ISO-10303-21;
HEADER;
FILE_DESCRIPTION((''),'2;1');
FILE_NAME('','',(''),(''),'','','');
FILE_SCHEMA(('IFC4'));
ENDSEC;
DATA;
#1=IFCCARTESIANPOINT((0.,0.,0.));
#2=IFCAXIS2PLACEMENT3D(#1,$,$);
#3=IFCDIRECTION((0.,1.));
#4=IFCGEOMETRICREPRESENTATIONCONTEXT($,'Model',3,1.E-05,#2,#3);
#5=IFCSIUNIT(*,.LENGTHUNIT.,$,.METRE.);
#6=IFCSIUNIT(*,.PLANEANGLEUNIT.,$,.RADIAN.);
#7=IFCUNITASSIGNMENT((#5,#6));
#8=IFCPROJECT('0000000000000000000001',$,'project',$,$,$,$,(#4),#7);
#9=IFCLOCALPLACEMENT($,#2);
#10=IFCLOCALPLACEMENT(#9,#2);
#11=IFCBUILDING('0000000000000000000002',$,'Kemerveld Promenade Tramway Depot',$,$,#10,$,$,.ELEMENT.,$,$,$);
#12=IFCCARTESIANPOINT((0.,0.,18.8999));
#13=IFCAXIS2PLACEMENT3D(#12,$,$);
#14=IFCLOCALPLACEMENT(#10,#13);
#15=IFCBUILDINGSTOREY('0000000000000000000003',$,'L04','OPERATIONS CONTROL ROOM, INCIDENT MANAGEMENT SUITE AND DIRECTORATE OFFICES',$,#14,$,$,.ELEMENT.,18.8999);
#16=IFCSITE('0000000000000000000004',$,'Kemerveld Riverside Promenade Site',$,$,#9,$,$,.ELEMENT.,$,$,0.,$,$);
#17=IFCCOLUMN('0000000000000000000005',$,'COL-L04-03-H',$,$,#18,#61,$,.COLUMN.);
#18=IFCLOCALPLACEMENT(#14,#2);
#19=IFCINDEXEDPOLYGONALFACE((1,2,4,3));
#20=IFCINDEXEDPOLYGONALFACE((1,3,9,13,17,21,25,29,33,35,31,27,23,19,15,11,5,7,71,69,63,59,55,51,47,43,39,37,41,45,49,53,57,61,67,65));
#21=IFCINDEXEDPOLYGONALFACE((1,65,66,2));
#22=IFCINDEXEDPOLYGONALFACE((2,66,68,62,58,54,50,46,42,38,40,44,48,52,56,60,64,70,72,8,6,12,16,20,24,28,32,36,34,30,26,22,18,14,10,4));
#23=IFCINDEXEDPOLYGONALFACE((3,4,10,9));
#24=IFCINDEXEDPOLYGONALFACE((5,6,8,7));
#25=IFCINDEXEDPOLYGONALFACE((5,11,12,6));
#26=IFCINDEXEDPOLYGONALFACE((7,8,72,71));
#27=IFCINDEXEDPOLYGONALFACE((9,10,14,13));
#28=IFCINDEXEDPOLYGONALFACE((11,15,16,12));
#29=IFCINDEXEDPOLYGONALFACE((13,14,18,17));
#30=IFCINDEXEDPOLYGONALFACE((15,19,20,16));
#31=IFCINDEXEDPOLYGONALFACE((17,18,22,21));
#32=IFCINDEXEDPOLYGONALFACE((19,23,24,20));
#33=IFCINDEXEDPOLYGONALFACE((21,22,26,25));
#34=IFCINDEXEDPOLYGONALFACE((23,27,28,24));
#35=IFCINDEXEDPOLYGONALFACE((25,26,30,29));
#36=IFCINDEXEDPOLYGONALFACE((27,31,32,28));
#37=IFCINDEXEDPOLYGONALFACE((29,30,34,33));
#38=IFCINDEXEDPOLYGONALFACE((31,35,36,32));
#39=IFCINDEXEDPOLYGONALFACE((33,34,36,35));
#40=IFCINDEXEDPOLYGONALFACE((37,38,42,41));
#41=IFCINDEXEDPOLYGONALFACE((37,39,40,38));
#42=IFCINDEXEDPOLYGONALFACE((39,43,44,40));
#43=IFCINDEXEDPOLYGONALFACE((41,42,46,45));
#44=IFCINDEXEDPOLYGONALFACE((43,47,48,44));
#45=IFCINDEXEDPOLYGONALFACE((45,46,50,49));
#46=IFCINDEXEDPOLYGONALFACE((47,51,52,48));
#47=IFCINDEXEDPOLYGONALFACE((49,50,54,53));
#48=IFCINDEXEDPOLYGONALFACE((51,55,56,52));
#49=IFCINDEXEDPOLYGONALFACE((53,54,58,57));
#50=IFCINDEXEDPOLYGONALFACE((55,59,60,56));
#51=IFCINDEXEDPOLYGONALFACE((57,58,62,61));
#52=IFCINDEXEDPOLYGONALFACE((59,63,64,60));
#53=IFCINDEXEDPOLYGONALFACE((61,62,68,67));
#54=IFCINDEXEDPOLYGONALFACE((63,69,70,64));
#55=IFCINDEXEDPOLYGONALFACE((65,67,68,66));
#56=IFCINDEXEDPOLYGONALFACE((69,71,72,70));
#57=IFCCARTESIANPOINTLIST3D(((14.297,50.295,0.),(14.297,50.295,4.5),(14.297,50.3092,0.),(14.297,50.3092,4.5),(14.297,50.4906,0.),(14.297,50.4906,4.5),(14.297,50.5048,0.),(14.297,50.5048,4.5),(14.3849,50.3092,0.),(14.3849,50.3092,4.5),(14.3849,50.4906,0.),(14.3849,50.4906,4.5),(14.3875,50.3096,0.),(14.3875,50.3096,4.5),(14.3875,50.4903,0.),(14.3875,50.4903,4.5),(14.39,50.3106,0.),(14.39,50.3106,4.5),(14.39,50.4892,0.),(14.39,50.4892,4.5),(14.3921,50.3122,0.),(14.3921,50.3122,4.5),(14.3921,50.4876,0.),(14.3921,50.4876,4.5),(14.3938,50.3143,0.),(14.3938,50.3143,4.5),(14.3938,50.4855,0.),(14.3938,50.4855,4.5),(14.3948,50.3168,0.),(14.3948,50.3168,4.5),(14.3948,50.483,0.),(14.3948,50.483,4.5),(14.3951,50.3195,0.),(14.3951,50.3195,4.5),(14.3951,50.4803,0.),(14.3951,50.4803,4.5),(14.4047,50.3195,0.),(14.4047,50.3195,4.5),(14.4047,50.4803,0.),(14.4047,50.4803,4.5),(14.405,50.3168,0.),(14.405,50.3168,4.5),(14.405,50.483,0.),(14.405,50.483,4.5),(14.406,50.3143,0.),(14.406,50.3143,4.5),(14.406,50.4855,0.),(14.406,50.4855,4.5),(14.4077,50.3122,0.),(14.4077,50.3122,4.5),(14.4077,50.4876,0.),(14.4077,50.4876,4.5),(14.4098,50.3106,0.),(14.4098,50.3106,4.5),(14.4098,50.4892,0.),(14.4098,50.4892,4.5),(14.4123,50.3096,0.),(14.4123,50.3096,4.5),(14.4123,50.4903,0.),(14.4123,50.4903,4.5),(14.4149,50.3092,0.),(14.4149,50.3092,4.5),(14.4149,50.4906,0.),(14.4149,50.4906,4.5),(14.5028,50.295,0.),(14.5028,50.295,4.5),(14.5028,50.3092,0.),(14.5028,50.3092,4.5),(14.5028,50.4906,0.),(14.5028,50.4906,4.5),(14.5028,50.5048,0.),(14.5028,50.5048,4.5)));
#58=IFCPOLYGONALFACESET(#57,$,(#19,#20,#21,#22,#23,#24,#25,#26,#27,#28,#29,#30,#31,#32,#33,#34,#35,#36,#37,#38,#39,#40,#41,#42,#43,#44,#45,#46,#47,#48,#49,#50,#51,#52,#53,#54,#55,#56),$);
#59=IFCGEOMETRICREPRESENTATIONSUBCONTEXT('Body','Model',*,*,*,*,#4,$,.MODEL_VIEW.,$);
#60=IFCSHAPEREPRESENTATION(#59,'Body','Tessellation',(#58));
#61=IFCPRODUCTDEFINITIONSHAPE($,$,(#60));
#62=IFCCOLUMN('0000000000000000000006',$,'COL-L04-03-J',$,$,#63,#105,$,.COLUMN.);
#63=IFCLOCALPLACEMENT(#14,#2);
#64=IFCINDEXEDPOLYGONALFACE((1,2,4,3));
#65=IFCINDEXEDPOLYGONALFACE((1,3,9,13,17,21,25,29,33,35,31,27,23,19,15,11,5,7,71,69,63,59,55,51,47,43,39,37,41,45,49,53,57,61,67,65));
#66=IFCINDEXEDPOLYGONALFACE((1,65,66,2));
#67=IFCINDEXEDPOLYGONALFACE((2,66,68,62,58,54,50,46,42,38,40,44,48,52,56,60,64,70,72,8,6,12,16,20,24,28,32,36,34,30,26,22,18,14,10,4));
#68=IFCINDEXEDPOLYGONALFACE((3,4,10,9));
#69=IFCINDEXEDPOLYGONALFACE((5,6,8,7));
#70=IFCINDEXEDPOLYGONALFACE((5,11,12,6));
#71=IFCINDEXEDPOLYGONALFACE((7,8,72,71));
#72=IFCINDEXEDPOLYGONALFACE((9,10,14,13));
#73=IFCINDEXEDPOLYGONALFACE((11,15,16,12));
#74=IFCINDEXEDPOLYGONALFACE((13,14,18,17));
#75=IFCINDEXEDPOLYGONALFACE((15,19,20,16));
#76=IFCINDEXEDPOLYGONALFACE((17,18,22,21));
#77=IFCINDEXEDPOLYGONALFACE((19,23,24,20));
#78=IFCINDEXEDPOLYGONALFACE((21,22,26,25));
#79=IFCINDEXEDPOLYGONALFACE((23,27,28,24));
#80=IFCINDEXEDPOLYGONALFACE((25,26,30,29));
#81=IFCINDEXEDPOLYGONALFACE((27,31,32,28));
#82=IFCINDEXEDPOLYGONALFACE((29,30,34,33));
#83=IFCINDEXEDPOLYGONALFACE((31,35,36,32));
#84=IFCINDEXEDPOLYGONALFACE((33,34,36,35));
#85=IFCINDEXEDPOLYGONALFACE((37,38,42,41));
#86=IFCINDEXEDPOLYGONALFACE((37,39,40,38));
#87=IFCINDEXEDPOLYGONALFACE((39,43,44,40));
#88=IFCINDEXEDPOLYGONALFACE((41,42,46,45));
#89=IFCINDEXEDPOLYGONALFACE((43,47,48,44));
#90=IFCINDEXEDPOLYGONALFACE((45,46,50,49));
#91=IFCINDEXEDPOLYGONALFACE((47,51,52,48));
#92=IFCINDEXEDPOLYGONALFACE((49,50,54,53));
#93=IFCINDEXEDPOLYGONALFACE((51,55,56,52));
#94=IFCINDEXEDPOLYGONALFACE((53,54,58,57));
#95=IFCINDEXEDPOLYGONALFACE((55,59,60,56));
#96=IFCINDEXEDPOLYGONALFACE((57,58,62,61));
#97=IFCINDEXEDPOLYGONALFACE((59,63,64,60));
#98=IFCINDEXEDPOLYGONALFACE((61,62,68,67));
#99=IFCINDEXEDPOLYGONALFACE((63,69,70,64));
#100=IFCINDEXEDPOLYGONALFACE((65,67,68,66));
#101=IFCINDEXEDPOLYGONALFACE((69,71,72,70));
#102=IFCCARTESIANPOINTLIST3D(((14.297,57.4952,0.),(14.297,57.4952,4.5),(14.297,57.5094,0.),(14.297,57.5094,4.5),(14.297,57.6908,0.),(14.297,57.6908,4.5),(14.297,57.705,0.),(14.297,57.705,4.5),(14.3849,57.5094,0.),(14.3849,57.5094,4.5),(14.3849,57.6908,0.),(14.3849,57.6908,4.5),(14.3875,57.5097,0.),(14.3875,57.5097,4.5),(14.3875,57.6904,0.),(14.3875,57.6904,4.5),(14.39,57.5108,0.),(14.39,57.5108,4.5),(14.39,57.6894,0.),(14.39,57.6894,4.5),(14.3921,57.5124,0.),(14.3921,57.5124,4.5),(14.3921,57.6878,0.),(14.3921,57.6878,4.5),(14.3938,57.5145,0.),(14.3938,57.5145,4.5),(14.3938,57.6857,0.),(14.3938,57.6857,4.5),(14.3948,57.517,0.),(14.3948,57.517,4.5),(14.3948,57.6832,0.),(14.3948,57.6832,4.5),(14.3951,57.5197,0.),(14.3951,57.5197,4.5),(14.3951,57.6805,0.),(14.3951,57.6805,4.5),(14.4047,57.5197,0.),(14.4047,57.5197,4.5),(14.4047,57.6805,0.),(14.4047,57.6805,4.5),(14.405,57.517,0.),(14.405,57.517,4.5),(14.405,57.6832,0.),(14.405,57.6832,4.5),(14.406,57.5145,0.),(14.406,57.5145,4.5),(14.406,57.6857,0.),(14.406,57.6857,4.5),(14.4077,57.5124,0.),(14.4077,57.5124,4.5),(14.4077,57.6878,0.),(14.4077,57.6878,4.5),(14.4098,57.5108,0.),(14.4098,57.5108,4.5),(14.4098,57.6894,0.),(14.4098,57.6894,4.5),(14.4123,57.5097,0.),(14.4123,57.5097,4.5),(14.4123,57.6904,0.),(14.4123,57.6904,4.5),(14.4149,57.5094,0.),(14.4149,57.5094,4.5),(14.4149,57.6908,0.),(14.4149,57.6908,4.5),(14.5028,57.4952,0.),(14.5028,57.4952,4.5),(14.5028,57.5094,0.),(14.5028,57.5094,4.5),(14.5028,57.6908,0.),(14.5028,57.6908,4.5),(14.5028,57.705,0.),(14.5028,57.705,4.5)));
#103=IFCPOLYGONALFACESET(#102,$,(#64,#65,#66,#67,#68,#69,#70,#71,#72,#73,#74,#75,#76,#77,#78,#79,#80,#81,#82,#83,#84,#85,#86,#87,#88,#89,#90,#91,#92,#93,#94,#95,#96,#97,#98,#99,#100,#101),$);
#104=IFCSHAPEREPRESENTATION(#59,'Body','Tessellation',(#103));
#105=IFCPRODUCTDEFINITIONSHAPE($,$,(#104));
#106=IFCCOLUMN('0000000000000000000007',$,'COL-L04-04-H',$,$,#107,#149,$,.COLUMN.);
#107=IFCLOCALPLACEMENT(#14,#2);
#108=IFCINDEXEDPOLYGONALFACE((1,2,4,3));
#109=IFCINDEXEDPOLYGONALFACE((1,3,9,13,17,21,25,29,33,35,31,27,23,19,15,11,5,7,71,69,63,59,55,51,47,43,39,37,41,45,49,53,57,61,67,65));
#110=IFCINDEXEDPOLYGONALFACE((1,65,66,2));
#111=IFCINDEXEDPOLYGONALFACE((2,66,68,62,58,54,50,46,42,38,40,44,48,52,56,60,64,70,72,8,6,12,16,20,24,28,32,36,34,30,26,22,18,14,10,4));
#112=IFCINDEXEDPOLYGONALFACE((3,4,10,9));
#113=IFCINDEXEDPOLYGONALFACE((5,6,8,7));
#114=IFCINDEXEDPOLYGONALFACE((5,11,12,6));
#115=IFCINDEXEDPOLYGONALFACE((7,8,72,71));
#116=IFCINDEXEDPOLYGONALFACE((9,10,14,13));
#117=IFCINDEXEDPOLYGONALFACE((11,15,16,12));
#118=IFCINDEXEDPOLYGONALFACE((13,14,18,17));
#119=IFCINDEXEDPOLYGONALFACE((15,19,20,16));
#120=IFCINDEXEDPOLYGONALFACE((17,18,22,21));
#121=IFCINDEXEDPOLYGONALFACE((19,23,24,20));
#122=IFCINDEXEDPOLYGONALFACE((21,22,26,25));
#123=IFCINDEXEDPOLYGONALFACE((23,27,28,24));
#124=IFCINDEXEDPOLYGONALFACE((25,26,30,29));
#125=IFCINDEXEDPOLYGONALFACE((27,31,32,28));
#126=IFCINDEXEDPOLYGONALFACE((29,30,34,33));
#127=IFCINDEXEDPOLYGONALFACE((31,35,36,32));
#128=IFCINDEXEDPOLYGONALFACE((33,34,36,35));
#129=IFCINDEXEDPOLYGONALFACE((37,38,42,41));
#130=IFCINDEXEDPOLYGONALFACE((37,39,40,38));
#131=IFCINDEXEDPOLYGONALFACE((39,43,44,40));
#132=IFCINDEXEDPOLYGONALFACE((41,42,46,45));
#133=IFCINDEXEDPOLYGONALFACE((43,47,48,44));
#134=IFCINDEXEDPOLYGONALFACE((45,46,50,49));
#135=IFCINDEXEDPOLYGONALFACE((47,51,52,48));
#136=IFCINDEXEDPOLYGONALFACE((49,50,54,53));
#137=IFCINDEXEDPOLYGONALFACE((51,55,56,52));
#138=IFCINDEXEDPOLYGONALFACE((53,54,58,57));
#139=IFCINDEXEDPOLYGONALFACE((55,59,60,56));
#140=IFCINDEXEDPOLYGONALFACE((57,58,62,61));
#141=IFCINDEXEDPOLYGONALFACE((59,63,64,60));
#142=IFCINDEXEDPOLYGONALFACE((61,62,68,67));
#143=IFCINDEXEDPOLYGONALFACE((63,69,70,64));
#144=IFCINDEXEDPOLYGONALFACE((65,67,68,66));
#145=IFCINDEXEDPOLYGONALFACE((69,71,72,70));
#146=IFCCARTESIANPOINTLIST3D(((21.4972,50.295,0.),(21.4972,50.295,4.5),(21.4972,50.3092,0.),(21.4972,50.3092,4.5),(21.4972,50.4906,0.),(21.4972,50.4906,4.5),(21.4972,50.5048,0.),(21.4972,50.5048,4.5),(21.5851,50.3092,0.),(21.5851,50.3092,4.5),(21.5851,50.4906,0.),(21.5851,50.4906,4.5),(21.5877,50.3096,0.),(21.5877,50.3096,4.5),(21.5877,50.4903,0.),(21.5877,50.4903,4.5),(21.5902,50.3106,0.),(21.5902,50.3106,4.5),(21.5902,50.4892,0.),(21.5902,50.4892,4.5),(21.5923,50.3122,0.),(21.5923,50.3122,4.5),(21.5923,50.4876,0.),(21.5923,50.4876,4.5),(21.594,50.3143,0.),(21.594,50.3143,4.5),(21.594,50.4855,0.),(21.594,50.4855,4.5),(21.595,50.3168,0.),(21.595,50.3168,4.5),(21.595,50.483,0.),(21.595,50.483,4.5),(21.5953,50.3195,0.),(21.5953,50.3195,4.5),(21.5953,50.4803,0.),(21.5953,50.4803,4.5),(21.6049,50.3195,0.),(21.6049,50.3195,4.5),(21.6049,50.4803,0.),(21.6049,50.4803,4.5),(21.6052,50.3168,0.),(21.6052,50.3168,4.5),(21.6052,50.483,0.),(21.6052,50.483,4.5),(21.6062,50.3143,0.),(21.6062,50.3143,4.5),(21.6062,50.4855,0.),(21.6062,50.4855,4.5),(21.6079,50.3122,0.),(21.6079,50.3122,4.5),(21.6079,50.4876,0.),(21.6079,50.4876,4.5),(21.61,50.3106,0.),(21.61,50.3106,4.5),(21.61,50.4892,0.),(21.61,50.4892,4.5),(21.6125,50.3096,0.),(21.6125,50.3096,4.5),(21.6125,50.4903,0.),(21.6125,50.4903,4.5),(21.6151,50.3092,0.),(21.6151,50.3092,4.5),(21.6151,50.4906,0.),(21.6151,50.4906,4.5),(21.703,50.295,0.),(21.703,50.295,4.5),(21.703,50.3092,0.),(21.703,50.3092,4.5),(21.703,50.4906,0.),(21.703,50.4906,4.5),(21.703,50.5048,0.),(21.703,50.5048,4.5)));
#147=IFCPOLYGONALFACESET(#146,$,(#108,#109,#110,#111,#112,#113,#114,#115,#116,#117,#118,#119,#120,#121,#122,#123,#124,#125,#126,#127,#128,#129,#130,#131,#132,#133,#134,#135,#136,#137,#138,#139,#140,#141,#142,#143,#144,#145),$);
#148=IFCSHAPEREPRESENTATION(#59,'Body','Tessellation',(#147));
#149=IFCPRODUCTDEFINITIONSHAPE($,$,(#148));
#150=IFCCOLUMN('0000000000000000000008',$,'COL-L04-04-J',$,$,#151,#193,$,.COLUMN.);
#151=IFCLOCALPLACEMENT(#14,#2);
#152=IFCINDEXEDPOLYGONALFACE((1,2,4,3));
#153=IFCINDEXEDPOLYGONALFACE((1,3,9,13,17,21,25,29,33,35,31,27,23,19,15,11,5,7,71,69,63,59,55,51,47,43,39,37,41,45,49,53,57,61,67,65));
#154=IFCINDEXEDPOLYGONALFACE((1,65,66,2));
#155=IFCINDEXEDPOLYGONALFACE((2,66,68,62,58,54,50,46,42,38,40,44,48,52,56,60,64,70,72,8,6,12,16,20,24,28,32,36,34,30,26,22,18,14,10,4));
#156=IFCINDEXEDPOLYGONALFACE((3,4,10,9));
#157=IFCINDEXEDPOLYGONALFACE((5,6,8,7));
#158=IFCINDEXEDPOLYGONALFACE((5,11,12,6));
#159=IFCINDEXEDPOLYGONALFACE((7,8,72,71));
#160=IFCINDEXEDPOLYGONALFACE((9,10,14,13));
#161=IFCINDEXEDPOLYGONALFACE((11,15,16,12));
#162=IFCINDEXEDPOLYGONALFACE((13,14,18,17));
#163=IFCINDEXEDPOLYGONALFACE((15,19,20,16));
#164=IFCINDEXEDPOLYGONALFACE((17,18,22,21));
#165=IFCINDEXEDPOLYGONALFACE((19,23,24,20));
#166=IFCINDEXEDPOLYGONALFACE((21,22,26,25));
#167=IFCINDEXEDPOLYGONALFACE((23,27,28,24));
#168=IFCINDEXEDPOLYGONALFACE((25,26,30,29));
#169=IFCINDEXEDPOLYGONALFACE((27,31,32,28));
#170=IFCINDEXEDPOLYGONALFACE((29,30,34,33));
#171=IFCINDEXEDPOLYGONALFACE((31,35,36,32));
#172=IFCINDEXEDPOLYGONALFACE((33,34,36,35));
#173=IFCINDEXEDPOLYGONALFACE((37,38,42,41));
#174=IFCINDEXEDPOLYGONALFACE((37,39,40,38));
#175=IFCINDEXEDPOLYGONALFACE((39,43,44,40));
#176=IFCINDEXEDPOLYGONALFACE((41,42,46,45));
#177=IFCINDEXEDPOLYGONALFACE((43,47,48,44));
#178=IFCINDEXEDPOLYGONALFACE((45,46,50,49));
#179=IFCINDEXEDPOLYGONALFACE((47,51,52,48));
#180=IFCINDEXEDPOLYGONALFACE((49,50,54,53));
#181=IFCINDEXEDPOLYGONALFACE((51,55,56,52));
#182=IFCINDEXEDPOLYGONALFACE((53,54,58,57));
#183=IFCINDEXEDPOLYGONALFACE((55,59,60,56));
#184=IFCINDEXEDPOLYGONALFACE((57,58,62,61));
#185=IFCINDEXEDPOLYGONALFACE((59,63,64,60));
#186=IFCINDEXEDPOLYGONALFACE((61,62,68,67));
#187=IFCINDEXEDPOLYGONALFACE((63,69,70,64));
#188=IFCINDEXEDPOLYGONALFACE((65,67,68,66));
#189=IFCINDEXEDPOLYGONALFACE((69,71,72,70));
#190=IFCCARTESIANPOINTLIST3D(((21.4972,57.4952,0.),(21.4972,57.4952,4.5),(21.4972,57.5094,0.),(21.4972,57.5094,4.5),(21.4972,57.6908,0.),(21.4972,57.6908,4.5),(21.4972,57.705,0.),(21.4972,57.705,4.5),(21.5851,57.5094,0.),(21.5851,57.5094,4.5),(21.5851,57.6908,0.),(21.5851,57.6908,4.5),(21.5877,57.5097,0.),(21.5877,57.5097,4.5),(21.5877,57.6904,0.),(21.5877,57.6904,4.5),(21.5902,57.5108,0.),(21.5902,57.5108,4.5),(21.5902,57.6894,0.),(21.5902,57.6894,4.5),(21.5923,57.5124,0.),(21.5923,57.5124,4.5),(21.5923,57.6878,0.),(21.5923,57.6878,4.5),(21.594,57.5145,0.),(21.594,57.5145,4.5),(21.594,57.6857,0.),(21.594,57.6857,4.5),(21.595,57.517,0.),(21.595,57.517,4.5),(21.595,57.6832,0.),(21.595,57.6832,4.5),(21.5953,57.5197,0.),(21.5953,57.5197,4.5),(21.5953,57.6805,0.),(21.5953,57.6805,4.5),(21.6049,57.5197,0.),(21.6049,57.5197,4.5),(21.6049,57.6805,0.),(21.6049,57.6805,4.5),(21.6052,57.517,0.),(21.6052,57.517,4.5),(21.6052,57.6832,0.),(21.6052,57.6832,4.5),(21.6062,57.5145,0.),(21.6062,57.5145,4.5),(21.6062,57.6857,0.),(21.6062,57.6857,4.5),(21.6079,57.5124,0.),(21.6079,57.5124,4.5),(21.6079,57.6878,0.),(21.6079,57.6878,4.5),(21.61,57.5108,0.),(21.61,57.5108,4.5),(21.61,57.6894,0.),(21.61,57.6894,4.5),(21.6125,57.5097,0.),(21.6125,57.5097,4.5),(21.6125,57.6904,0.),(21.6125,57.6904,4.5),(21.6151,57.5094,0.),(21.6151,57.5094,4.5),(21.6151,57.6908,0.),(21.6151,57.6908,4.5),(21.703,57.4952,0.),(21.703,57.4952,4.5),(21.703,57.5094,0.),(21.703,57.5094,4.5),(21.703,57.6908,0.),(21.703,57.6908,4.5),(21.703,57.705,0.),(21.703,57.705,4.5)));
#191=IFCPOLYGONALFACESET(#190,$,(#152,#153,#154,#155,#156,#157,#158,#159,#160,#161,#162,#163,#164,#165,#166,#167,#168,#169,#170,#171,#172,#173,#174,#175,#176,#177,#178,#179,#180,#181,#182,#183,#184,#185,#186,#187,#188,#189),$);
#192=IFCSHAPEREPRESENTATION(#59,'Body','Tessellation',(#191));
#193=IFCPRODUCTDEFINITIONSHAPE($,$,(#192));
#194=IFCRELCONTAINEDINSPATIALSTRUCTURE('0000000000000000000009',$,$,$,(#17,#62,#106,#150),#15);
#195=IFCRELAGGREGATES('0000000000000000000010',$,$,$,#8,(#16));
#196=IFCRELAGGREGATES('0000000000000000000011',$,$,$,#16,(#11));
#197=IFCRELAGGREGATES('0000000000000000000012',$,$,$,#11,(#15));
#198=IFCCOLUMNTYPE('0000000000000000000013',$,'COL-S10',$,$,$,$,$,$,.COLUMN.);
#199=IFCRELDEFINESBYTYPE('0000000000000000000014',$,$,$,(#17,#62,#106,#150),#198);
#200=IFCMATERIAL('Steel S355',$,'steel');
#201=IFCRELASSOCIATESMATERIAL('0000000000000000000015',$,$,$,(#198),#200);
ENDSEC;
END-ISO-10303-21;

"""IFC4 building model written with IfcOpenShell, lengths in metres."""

from ifc_helpers import new_model, si_unit, direction, frame, origin, origin_2d, place, context, subcontext, project, spatial, i_section, extrude, material, material_profile, profile_set, type_object, element, save


model = new_model("IFC4")

# Units and contexts
model_context = context("Model", 3, precision=1e-05, world=origin(), true_north=direction((0.0, 1.0)))
body_context = subcontext(model_context, "Body", "Model", "MODEL_VIEW")
ifc_project = project(units=[si_unit("LENGTHUNIT", "METRE"), si_unit("PLANEANGLEUNIT", "RADIAN")], contexts=[model_context])

# Site, building, storey
site_placement = place(None, origin())
site = spatial("IfcSite", under=ifc_project, at=site_placement, Name="Kemerveld Riverside Promenade Site", CompositionType="ELEMENT", RefElevation=0.0)
building_placement = place(site_placement, origin())
building = spatial("IfcBuilding", under=site, at=building_placement, Name="Kemerveld Promenade Tramway Depot", CompositionType="ELEMENT")
storey_placement = place(building_placement, frame((0.0, 0.0, 18.8999)))
storey = spatial("IfcBuildingStorey", under=building, at=storey_placement, Name="L04", Description="OPERATIONS CONTROL ROOM, INCIDENT MANAGEMENT SUITE AND DIRECTORATE OFFICES", CompositionType="ELEMENT", Elevation=18.8999)

# Columns
ifc_material_1 = material(Name="Steel S355", Category="steel")
ifc_material_profile_1 = material_profile(ifc_material_1, i_section(OverallWidth=0.2058, OverallDepth=0.2097, WebThickness=0.0095, FlangeThickness=0.0142, FilletRadius=0.0103, at=origin_2d()), Name="203x203x60 UC")
ifc_profile_set_1 = profile_set([ifc_material_profile_1], Name="Steel S355")
column_type = type_object("IfcColumnType", Name="COL-S10", PredefinedType="COLUMN", material=ifc_profile_set_1)
for number, where, z_axis, x_axis, name in (
    (1, (14.3999, 50.3999, 0.0), (0.0, 0.0, 1.0), (1.0, 0.0, 0.0), "COL-L04-03-H"),
    (2, (14.3999, 57.6001, 0.0), (0.0, 0.0, 1.0), (1.0, 0.0, 0.0), "COL-L04-03-J"),
    (3, (21.6001, 50.3999, 0.0), (0.0, 0.0, 1.0), (1.0, 0.0, 0.0), "COL-L04-04-H"),
    (4, (21.6001, 57.6001, 0.0), (0.0, 0.0, 1.0), (1.0, 0.0, 0.0), "COL-L04-04-J"),
):
    element("IfcColumn", number, at=place(storey_placement, frame(where, z_axis=z_axis, x_axis=x_axis)), inside=storey, type_object=column_type, Name=name, PredefinedType="COLUMN", context=body_context, shape_type="SweptSolid", body=[
        extrude(i_section(OverallWidth=0.2058, OverallDepth=0.2097, WebThickness=0.0095, FlangeThickness=0.0142, FilletRadius=0.0103, at=origin_2d()), origin(), (0.0, 0.0, 1.0), 4.5),
    ])

save(model, "model.ifc")
